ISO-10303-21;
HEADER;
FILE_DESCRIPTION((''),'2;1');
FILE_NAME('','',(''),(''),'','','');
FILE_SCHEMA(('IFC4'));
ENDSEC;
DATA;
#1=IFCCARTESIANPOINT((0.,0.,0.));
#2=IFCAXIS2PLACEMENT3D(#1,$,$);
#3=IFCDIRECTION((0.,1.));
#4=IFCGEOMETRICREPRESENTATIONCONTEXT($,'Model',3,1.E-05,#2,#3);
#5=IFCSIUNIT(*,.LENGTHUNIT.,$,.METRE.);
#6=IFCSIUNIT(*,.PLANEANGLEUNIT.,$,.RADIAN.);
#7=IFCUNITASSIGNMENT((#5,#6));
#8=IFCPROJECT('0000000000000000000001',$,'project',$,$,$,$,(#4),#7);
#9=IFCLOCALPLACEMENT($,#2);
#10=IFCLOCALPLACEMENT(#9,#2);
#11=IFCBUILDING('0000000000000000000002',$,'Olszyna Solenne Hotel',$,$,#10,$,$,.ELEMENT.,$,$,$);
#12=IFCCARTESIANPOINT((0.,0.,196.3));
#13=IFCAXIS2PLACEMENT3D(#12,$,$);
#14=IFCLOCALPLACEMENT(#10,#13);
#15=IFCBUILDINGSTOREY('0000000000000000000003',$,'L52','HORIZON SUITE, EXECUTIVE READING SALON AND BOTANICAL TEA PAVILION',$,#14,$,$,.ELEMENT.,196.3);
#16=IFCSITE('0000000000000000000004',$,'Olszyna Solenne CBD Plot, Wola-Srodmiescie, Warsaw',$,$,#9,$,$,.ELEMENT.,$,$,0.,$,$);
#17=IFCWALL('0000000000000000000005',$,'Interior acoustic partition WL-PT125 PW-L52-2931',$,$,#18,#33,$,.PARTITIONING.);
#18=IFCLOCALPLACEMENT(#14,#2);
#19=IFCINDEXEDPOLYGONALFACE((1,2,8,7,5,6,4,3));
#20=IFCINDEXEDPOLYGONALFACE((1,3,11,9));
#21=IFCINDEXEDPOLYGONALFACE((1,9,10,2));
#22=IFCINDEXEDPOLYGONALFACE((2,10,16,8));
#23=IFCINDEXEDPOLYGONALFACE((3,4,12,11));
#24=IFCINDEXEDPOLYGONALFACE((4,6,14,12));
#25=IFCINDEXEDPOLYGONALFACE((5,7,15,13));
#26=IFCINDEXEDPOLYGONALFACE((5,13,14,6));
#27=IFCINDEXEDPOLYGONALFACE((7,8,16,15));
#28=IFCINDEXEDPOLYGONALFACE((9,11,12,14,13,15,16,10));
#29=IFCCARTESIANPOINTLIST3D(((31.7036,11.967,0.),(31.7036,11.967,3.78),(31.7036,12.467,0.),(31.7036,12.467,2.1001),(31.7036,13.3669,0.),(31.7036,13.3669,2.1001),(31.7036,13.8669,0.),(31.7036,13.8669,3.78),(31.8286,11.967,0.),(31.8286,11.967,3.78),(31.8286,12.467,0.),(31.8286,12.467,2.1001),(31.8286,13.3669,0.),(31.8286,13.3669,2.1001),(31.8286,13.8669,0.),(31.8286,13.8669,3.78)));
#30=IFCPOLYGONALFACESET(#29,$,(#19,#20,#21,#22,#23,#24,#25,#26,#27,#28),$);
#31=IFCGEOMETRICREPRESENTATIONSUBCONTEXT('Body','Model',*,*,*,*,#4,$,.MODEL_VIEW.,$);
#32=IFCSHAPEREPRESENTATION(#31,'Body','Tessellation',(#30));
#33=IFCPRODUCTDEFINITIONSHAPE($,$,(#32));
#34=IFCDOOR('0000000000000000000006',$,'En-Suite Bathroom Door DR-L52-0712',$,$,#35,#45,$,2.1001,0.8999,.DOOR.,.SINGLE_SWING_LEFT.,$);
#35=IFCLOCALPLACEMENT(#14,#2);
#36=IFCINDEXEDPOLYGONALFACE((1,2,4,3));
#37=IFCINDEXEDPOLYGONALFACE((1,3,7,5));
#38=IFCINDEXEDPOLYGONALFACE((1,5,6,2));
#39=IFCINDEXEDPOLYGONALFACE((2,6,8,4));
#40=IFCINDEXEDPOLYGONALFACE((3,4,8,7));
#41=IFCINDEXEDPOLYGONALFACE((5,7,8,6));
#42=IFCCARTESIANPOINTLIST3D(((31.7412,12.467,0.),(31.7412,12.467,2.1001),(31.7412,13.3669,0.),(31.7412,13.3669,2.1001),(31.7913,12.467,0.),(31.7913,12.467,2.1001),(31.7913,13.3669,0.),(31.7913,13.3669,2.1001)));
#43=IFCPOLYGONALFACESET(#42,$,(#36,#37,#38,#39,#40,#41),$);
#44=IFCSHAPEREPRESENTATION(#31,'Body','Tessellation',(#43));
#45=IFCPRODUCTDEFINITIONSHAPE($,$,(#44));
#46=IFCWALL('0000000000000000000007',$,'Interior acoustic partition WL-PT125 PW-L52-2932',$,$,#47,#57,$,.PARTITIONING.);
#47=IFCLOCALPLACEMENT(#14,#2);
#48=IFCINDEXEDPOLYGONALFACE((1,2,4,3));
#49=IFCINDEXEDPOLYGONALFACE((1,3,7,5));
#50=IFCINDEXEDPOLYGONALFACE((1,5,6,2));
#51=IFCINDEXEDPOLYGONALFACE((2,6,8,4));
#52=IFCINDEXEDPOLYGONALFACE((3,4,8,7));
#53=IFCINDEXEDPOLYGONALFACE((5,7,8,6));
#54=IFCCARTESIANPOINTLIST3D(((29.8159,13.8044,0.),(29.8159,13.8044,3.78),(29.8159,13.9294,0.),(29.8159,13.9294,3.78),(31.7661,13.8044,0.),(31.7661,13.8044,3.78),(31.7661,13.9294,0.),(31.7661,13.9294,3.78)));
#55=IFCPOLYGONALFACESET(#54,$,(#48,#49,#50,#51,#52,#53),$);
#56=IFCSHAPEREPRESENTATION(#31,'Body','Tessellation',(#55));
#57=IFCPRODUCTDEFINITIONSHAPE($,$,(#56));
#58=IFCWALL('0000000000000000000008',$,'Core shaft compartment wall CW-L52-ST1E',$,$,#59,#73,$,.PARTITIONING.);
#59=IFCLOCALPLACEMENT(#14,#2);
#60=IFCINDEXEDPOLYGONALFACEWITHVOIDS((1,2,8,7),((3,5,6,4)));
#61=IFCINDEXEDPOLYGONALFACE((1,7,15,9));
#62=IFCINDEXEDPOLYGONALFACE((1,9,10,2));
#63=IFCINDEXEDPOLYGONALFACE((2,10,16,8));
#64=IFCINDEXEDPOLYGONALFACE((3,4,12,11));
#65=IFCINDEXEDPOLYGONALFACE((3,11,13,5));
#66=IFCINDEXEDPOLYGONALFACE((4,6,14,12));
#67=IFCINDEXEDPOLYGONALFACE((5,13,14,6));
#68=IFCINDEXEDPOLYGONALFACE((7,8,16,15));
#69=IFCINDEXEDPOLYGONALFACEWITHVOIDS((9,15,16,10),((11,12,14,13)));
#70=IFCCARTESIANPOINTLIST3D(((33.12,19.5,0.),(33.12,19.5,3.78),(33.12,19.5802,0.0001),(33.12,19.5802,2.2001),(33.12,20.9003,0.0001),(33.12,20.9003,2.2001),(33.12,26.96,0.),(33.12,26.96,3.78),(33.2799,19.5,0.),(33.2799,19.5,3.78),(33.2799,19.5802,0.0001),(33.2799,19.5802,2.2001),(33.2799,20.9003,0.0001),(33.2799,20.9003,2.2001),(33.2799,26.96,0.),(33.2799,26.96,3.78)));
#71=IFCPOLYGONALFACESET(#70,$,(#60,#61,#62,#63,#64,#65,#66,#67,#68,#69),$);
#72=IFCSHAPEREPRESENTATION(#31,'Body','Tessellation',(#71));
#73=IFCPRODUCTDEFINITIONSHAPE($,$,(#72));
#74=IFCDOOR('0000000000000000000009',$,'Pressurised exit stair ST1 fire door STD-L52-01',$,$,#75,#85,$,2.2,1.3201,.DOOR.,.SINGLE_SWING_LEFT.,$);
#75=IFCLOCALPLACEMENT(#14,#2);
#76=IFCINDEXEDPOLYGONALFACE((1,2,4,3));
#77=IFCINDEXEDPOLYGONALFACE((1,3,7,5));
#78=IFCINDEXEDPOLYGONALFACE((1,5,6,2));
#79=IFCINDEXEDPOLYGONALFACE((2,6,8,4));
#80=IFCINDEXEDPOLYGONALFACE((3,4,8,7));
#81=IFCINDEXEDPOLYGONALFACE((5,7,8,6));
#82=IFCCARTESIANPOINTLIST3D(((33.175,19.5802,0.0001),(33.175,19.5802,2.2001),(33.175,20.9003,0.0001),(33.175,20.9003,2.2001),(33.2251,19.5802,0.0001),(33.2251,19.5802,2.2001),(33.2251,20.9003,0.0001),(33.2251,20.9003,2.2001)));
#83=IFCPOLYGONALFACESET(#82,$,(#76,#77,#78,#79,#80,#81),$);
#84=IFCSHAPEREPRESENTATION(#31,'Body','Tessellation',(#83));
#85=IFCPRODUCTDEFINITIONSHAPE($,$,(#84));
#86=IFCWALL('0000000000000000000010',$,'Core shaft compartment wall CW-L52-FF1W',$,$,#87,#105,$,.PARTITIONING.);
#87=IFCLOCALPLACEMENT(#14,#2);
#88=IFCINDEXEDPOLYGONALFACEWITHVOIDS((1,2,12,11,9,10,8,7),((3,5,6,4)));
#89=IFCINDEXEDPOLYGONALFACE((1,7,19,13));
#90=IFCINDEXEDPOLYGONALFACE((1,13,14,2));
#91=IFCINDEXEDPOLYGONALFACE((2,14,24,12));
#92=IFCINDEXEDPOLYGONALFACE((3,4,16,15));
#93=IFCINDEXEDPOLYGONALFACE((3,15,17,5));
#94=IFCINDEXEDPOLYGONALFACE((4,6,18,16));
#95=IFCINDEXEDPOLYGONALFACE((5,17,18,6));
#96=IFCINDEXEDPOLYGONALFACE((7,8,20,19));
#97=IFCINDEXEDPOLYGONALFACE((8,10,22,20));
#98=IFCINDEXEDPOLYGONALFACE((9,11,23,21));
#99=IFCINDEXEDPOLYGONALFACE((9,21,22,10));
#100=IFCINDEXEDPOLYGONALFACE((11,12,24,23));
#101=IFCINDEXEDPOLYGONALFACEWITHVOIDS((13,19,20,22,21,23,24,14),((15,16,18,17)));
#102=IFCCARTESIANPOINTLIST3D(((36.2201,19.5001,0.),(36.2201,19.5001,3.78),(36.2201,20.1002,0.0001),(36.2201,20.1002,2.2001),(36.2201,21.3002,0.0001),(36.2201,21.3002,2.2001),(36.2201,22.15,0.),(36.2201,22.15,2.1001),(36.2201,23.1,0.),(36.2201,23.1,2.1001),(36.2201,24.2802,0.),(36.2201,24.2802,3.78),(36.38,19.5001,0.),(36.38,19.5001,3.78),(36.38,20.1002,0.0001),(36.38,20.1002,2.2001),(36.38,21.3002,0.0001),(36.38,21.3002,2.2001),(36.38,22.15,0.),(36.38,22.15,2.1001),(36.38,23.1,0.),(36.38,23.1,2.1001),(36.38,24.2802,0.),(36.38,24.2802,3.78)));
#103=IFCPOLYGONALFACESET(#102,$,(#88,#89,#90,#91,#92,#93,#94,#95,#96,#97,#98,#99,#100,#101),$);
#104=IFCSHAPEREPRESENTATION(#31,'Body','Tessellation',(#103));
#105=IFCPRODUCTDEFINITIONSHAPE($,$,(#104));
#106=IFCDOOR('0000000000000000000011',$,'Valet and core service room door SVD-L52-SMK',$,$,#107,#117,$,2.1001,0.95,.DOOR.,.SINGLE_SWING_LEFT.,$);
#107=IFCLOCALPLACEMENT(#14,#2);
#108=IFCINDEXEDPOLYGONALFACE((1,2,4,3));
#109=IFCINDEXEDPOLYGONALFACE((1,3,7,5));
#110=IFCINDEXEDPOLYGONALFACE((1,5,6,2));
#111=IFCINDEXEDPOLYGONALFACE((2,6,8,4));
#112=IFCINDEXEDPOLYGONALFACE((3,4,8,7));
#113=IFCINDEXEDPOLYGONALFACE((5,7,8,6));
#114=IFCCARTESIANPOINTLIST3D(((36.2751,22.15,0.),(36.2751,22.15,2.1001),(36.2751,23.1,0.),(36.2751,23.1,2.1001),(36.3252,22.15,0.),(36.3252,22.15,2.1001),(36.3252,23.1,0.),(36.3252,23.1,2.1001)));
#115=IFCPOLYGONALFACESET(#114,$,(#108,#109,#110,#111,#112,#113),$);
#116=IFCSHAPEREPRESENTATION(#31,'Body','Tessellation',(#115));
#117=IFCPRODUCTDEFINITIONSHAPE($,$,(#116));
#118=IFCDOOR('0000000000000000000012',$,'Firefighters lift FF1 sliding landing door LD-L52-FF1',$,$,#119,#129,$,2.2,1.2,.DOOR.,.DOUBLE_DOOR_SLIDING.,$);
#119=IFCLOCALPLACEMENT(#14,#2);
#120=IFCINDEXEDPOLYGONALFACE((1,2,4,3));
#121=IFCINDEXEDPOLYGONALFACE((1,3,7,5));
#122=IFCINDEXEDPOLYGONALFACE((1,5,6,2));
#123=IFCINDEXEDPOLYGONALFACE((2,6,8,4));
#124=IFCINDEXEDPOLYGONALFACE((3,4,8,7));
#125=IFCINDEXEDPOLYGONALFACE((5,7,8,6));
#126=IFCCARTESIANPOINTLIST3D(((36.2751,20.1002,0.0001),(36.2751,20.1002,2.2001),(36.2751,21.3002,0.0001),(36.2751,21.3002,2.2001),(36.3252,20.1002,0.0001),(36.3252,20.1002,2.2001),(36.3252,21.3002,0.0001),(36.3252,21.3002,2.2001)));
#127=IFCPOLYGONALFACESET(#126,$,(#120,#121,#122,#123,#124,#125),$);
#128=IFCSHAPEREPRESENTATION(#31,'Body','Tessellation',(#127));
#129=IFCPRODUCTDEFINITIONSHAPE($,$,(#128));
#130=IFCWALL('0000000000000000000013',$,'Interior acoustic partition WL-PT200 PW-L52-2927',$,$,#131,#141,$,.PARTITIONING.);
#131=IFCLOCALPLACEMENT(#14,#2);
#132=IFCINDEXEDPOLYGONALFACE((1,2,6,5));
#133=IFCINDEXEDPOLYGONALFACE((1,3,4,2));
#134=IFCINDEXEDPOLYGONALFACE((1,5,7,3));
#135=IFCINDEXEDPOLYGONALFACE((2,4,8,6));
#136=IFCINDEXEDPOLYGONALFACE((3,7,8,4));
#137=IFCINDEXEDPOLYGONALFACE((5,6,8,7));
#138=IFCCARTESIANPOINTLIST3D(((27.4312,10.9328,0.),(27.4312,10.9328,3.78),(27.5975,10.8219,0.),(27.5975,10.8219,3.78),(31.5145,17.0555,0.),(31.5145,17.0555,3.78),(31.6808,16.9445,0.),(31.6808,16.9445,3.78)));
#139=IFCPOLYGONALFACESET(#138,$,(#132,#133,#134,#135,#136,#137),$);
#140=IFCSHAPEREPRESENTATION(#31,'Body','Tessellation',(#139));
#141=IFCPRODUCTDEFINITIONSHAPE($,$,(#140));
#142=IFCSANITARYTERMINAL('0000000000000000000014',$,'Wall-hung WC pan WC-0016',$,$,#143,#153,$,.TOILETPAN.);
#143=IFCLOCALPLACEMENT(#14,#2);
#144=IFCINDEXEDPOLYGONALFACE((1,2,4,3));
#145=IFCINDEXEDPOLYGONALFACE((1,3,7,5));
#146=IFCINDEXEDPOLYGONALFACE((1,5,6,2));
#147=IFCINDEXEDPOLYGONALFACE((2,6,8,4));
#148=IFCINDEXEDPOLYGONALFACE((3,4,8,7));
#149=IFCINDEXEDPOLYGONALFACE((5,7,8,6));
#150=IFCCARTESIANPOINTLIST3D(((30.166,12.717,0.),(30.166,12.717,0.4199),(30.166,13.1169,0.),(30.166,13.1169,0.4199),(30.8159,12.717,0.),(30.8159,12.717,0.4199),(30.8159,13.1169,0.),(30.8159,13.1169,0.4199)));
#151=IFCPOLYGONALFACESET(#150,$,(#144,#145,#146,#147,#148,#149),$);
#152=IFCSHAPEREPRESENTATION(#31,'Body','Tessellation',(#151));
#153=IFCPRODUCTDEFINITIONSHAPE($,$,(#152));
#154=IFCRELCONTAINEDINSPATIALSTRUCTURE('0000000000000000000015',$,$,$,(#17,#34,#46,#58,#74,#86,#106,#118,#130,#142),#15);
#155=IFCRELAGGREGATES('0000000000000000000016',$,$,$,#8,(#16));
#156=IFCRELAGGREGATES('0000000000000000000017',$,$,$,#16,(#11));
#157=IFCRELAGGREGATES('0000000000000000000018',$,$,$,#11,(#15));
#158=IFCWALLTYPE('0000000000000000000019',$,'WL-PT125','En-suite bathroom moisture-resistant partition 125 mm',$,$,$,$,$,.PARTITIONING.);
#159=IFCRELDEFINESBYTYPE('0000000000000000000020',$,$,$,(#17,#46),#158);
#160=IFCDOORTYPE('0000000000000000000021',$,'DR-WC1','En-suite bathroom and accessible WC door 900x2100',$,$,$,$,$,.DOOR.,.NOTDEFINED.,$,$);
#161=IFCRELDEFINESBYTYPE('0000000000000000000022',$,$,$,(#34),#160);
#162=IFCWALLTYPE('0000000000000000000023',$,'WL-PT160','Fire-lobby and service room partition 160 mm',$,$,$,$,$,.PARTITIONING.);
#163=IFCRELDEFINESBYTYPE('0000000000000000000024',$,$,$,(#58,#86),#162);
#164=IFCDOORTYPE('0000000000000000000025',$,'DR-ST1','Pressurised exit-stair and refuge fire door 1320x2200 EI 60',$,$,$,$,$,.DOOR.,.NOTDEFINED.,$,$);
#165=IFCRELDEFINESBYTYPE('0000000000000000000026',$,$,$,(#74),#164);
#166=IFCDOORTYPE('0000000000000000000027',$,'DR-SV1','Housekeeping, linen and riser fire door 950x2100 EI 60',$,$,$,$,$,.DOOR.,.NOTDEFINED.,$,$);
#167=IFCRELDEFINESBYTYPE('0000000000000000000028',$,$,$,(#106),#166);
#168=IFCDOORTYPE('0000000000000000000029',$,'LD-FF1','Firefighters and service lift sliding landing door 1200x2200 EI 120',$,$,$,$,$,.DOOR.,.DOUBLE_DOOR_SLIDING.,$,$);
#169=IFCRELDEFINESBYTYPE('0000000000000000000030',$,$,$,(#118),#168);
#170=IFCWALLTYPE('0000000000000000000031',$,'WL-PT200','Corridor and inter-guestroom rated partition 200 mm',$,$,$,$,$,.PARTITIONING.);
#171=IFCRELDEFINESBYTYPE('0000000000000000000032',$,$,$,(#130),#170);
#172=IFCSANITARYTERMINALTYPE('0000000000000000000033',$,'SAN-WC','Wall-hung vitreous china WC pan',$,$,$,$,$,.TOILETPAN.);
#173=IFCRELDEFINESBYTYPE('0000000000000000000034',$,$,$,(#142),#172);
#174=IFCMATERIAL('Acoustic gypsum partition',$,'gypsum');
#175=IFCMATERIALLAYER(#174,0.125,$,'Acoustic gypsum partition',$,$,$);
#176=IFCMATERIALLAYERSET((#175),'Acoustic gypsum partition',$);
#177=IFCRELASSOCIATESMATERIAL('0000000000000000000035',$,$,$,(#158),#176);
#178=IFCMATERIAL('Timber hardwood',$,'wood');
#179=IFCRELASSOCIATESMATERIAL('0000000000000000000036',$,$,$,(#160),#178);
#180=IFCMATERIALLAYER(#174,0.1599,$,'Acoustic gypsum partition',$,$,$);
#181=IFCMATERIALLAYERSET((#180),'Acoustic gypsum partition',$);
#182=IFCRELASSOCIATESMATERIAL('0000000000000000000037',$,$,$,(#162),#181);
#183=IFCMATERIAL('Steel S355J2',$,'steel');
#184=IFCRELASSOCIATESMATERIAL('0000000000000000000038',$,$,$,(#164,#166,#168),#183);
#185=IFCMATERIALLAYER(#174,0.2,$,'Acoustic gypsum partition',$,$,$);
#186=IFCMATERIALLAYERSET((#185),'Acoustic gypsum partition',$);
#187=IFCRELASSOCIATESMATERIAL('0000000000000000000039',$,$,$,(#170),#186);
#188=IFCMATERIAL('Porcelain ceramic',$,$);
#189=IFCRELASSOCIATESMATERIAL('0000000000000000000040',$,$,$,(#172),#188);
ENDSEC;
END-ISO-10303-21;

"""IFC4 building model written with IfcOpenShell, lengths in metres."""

from ifc_helpers import new_model, si_unit, direction, frame, frame_2d, origin, origin_2d, place, context, subcontext, project, spatial, rectangle, extrude, source, transform, mapped, material, layer, layer_set, type_object, type_shapes, element, fill, save


model = new_model("IFC4")

# Units and contexts
model_context = context("Model", 3, precision=1e-05, world=origin(), true_north=direction((0.0, 1.0)))
body_context = subcontext(model_context, "Body", "Model", "MODEL_VIEW")
ifc_project = project(units=[si_unit("LENGTHUNIT", "METRE"), si_unit("PLANEANGLEUNIT", "RADIAN")], contexts=[model_context])

# Site, building, storey
site_placement = place(None, origin())
site = spatial("IfcSite", under=ifc_project, at=site_placement, Name="Olszyna Solenne CBD Plot, Wola-Srodmiescie, Warsaw", CompositionType="ELEMENT", RefElevation=0.0)
building_placement = place(site_placement, origin())
building = spatial("IfcBuilding", under=site, at=building_placement, Name="Olszyna Solenne Hotel", CompositionType="ELEMENT")
storey_placement = place(building_placement, frame((0.0, 0.0, 196.3)))
storey = spatial("IfcBuildingStorey", under=building, at=storey_placement, Name="L52", Description="HORIZON SUITE, EXECUTIVE READING SALON AND BOTANICAL TEA PAVILION", CompositionType="ELEMENT", Elevation=196.3)

# Shared definitions
ifc_material_1 = material(Name="Steel S355J2", Category="steel")

# Wall, opening, door
ifc_material_2 = material(Name="Timber hardwood", Category="wood")
ifc_material_3 = material(Name="Acoustic gypsum partition", Category="gypsum")
ifc_layer_1 = layer(ifc_material_3, 0.125, Name="Acoustic gypsum partition")
ifc_layer_set_1 = layer_set([ifc_layer_1], Name="Acoustic gypsum partition")
wall_type_1 = type_object("IfcWallType", Name="WL-PT125", Description="En-suite bathroom moisture-resistant partition 125 mm", PredefinedType="PARTITIONING", material=ifc_layer_set_1)
wall_1_placement = place(storey_placement, frame((31.7661, 11.967, 0.0), z_axis=(0.0, 0.0, 1.0), x_axis=(0.0, 1.0, 0.0)))
wall_1 = element("IfcWall", 1, at=wall_1_placement, inside=storey, type_object=wall_type_1, Name="Interior acoustic partition WL-PT125 PW-L52-2931", PredefinedType="PARTITIONING", context=body_context, shape_type="SweptSolid", body=[
    extrude(rectangle(XDim=1.8999, YDim=0.125, at=frame_2d((0.95, 0.0))), origin(), (0.0, 0.0, 1.0), 3.78),
])
opening_1_placement = place(wall_1_placement, frame((0.5, 0.0, 0.0)))
opening_1 = element("IfcOpeningElement", 2, at=opening_1_placement, cuts=wall_1, PredefinedType="OPENING", context=body_context, shape_type="SweptSolid", body=[
    extrude(rectangle(XDim=0.8999, YDim=2.1001, at=frame_2d((0.45, 1.05))), frame((0.0, 0.0725, 0.0), z_axis=(0.0, -1.0, 0.0), x_axis=(1.0, 0.0, 0.0)), (0.0, 0.0, 1.0), 0.145),
])
door_type_1 = type_object("IfcDoorType", Name="DR-WC1", Description="En-suite bathroom and accessible WC door 900x2100", OperationType="NOTDEFINED", PredefinedType="DOOR", material=ifc_material_2)
shared_shape_1 = source(origin(), body_context, "Body", "SweptSolid", [
    extrude(rectangle(XDim=0.8999, YDim=2.1001, at=frame_2d((0.45, 1.05))), frame((0.0, 0.0249, 0.0), z_axis=(0.0, -1.0, 0.0), x_axis=(1.0, 0.0, 0.0)), (0.0, 0.0, 1.0), 0.05),
])
type_shapes(door_type_1, [shared_shape_1])
door_1_placement = place(opening_1_placement, origin())
door_1 = element("IfcDoor", 3, at=door_1_placement, inside=storey, type_object=door_type_1, Name="En-Suite Bathroom Door DR-L52-0712", OperationType="SINGLE_SWING_LEFT", OverallHeight=2.1001, OverallWidth=0.8999, PredefinedType="DOOR", context=body_context, shape_type="MappedRepresentation", body=[
    mapped(shared_shape_1, transform((0.0, 0.0, 0.0), x_axis=(1.0, 0.0, 0.0), y_axis=(0.0, 1.0, 0.0), z_axis=(0.0, 0.0, 1.0), scale=1.0)),
])
fill(opening_1, door_1)

# Wall
wall_2_placement = place(storey_placement, frame((31.7661, 13.8669, 0.0), z_axis=(0.0, 0.0, 1.0), x_axis=(-1.0, 0.0, 0.0)))
element("IfcWall", 4, at=wall_2_placement, inside=storey, type_object=wall_type_1, Name="Interior acoustic partition WL-PT125 PW-L52-2932", PredefinedType="PARTITIONING", context=body_context, shape_type="SweptSolid", body=[
    extrude(rectangle(XDim=1.9502, YDim=0.125, at=frame_2d((0.9751, 0.0))), origin(), (0.0, 0.0, 1.0), 3.78),
])

# Wall, opening, door
ifc_layer_2 = layer(ifc_material_3, 0.1599, Name="Acoustic gypsum partition")
ifc_layer_set_2 = layer_set([ifc_layer_2], Name="Acoustic gypsum partition")
wall_type_2 = type_object("IfcWallType", Name="WL-PT160", Description="Fire-lobby and service room partition 160 mm", PredefinedType="PARTITIONING", material=ifc_layer_set_2)
wall_3_placement = place(storey_placement, frame((33.2, 19.5, 0.0), z_axis=(0.0, 0.0, 1.0), x_axis=(0.0, 1.0, 0.0)))
wall_3 = element("IfcWall", 5, at=wall_3_placement, inside=storey, type_object=wall_type_2, Name="Core shaft compartment wall CW-L52-ST1E", PredefinedType="PARTITIONING", context=body_context, shape_type="SweptSolid", body=[
    extrude(rectangle(XDim=7.46, YDim=0.1599, at=frame_2d((3.73, 0.0))), origin(), (0.0, 0.0, 1.0), 3.78),
])
opening_2_placement = place(wall_3_placement, frame((0.0801, 0.0, 0.0)))
opening_2 = element("IfcOpeningElement", 6, at=opening_2_placement, cuts=wall_3, PredefinedType="OPENING", context=body_context, shape_type="SweptSolid", body=[
    extrude(rectangle(XDim=1.3201, YDim=2.2, at=frame_2d((0.6602, 1.1001))), frame((0.0, 0.0898, 0.0), z_axis=(0.0, -1.0, 0.0), x_axis=(1.0, 0.0, 0.0)), (0.0, 0.0, 1.0), 0.1799),
])
door_type_2 = type_object("IfcDoorType", Name="DR-ST1", Description="Pressurised exit-stair and refuge fire door 1320x2200 EI 60", OperationType="NOTDEFINED", PredefinedType="DOOR", material=ifc_material_1)
shared_shape_2 = source(origin(), body_context, "Body", "SweptSolid", [
    extrude(rectangle(XDim=1.3201, YDim=2.2, at=frame_2d((0.6602, 1.1001))), frame((0.0, 0.0249, 0.0), z_axis=(0.0, -1.0, 0.0), x_axis=(1.0, 0.0, 0.0)), (0.0, 0.0, 1.0), 0.05),
])
type_shapes(door_type_2, [shared_shape_2])
door_2_placement = place(opening_2_placement, origin())
door_2 = element("IfcDoor", 7, at=door_2_placement, inside=storey, type_object=door_type_2, Name="Pressurised exit stair ST1 fire door STD-L52-01", OperationType="SINGLE_SWING_LEFT", OverallHeight=2.2, OverallWidth=1.3201, PredefinedType="DOOR", context=body_context, shape_type="MappedRepresentation", body=[
    mapped(shared_shape_2, transform((0.0, 0.0, 0.0), x_axis=(1.0, 0.0, 0.0), y_axis=(0.0, 1.0, 0.0), z_axis=(0.0, 0.0, 1.0), scale=1.0)),
])
fill(opening_2, door_2)

# Wall, openings, doors
wall_4_placement = place(storey_placement, frame((36.3, 19.5, 0.0), z_axis=(0.0, 0.0, 1.0), x_axis=(0.0, 1.0, 0.0)))
wall_4 = element("IfcWall", 8, at=wall_4_placement, inside=storey, type_object=wall_type_2, Name="Core shaft compartment wall CW-L52-FF1W", PredefinedType="PARTITIONING", context=body_context, shape_type="SweptSolid", body=[
    extrude(rectangle(XDim=4.78, YDim=0.1599, at=frame_2d((2.3901, 0.0))), origin(), (0.0, 0.0, 1.0), 3.78),
])
opening_3_placement = place(wall_4_placement, frame((0.6001, 0.0, 0.0)))
opening_3 = element("IfcOpeningElement", 9, at=opening_3_placement, cuts=wall_4, PredefinedType="OPENING", context=body_context, shape_type="SweptSolid", body=[
    extrude(rectangle(XDim=1.2, YDim=2.2, at=frame_2d((0.6001, 1.1001))), frame((0.0, 0.0898, 0.0), z_axis=(0.0, -1.0, 0.0), x_axis=(1.0, 0.0, 0.0)), (0.0, 0.0, 1.0), 0.1799),
])
opening_4_placement = place(wall_4_placement, frame((2.6499, 0.0, 0.0)))
opening_4 = element("IfcOpeningElement", 10, at=opening_4_placement, cuts=wall_4, PredefinedType="OPENING", context=body_context, shape_type="SweptSolid", body=[
    extrude(rectangle(XDim=0.95, YDim=2.1001, at=frame_2d((0.4751, 1.05))), frame((0.0, 0.0898, 0.0), z_axis=(0.0, -1.0, 0.0), x_axis=(1.0, 0.0, 0.0)), (0.0, 0.0, 1.0), 0.1799),
])
door_type_3 = type_object("IfcDoorType", Name="DR-SV1", Description="Housekeeping, linen and riser fire door 950x2100 EI 60", OperationType="NOTDEFINED", PredefinedType="DOOR", material=ifc_material_1)
shared_shape_3 = source(origin(), body_context, "Body", "SweptSolid", [
    extrude(rectangle(XDim=0.95, YDim=2.1001, at=frame_2d((0.4751, 1.05))), frame((0.0, 0.0249, 0.0), z_axis=(0.0, -1.0, 0.0), x_axis=(1.0, 0.0, 0.0)), (0.0, 0.0, 1.0), 0.05),
])
type_shapes(door_type_3, [shared_shape_3])
door_3_placement = place(opening_4_placement, origin())
door_3 = element("IfcDoor", 11, at=door_3_placement, inside=storey, type_object=door_type_3, Name="Valet and core service room door SVD-L52-SMK", OperationType="SINGLE_SWING_LEFT", OverallHeight=2.1001, OverallWidth=0.95, PredefinedType="DOOR", context=body_context, shape_type="MappedRepresentation", body=[
    mapped(shared_shape_3, transform((0.0, 0.0, 0.0), x_axis=(1.0, 0.0, 0.0), y_axis=(0.0, 1.0, 0.0), z_axis=(0.0, 0.0, 1.0), scale=1.0)),
])
fill(opening_4, door_3)
door_type_4 = type_object("IfcDoorType", Name="LD-FF1", Description="Firefighters and service lift sliding landing door 1200x2200 EI 120", OperationType="DOUBLE_DOOR_SLIDING", PredefinedType="DOOR", material=ifc_material_1)
shared_shape_4 = source(origin(), body_context, "Body", "SweptSolid", [
    extrude(rectangle(XDim=1.2, YDim=2.2, at=frame_2d((0.6001, 1.1001))), frame((0.0, 0.0249, 0.0), z_axis=(0.0, -1.0, 0.0), x_axis=(1.0, 0.0, 0.0)), (0.0, 0.0, 1.0), 0.05),
])
type_shapes(door_type_4, [shared_shape_4])
door_4_placement = place(opening_3_placement, origin())
door_4 = element("IfcDoor", 12, at=door_4_placement, inside=storey, type_object=door_type_4, Name="Firefighters lift FF1 sliding landing door LD-L52-FF1", OperationType="DOUBLE_DOOR_SLIDING", OverallHeight=2.2, OverallWidth=1.2, PredefinedType="DOOR", context=body_context, shape_type="MappedRepresentation", body=[
    mapped(shared_shape_4, transform((0.0, 0.0, 0.0), x_axis=(1.0, 0.0, 0.0), y_axis=(0.0, 1.0, 0.0), z_axis=(0.0, 0.0, 1.0), scale=1.0)),
])
fill(opening_3, door_4)

# Wall
ifc_layer_3 = layer(ifc_material_3, 0.2, Name="Acoustic gypsum partition")
ifc_layer_set_3 = layer_set([ifc_layer_3], Name="Acoustic gypsum partition")
wall_type_3 = type_object("IfcWallType", Name="WL-PT200", Description="Corridor and inter-guestroom rated partition 200 mm", PredefinedType="PARTITIONING", material=ifc_layer_set_3)
wall_5_placement = place(storey_placement, frame((31.5977, 17.0, 0.0), z_axis=(0.0, 0.0, 1.0), x_axis=(-0.554846, -0.831953, 0.0)))
element("IfcWall", 13, at=wall_5_placement, inside=storey, type_object=wall_type_3, Name="Interior acoustic partition WL-PT200 PW-L52-2927", PredefinedType="PARTITIONING", context=body_context, shape_type="SweptSolid", body=[
    extrude(rectangle(XDim=7.3594, YDim=0.2, at=frame_2d((3.6797, 0.0))), origin(), (0.0, 0.0, 1.0), 3.78),
])

# Sanitary terminal
ifc_material_4 = material(Name="Porcelain ceramic")
sanitary_terminal_type_1 = type_object("IfcSanitaryTerminalType", Name="SAN-WC", Description="Wall-hung vitreous china WC pan", PredefinedType="TOILETPAN", material=ifc_material_4)
shared_shape_5 = source(origin(), body_context, "Body", "SweptSolid", [
    extrude(rectangle(XDim=0.6499, YDim=0.3999, at=origin_2d()), origin(), (0.0, 0.0, 1.0), 0.4199),
])
sanitary_terminal_1_placement = place(storey_placement, frame((30.491, 12.917, 0.0), z_axis=(0.0, 0.0, 1.0), x_axis=(1.0, 0.0, 0.0)))
element("IfcSanitaryTerminal", 14, at=sanitary_terminal_1_placement, inside=storey, type_object=sanitary_terminal_type_1, Name="Wall-hung WC pan WC-0016", PredefinedType="TOILETPAN", context=body_context, shape_type="MappedRepresentation", body=[
    mapped(shared_shape_5, transform((0.0, 0.0, 0.0), x_axis=(1.0, 0.0, 0.0), y_axis=(0.0, 1.0, 0.0), z_axis=(0.0, 0.0, 1.0), scale=1.0)),
])

save(model, "model.ifc")
